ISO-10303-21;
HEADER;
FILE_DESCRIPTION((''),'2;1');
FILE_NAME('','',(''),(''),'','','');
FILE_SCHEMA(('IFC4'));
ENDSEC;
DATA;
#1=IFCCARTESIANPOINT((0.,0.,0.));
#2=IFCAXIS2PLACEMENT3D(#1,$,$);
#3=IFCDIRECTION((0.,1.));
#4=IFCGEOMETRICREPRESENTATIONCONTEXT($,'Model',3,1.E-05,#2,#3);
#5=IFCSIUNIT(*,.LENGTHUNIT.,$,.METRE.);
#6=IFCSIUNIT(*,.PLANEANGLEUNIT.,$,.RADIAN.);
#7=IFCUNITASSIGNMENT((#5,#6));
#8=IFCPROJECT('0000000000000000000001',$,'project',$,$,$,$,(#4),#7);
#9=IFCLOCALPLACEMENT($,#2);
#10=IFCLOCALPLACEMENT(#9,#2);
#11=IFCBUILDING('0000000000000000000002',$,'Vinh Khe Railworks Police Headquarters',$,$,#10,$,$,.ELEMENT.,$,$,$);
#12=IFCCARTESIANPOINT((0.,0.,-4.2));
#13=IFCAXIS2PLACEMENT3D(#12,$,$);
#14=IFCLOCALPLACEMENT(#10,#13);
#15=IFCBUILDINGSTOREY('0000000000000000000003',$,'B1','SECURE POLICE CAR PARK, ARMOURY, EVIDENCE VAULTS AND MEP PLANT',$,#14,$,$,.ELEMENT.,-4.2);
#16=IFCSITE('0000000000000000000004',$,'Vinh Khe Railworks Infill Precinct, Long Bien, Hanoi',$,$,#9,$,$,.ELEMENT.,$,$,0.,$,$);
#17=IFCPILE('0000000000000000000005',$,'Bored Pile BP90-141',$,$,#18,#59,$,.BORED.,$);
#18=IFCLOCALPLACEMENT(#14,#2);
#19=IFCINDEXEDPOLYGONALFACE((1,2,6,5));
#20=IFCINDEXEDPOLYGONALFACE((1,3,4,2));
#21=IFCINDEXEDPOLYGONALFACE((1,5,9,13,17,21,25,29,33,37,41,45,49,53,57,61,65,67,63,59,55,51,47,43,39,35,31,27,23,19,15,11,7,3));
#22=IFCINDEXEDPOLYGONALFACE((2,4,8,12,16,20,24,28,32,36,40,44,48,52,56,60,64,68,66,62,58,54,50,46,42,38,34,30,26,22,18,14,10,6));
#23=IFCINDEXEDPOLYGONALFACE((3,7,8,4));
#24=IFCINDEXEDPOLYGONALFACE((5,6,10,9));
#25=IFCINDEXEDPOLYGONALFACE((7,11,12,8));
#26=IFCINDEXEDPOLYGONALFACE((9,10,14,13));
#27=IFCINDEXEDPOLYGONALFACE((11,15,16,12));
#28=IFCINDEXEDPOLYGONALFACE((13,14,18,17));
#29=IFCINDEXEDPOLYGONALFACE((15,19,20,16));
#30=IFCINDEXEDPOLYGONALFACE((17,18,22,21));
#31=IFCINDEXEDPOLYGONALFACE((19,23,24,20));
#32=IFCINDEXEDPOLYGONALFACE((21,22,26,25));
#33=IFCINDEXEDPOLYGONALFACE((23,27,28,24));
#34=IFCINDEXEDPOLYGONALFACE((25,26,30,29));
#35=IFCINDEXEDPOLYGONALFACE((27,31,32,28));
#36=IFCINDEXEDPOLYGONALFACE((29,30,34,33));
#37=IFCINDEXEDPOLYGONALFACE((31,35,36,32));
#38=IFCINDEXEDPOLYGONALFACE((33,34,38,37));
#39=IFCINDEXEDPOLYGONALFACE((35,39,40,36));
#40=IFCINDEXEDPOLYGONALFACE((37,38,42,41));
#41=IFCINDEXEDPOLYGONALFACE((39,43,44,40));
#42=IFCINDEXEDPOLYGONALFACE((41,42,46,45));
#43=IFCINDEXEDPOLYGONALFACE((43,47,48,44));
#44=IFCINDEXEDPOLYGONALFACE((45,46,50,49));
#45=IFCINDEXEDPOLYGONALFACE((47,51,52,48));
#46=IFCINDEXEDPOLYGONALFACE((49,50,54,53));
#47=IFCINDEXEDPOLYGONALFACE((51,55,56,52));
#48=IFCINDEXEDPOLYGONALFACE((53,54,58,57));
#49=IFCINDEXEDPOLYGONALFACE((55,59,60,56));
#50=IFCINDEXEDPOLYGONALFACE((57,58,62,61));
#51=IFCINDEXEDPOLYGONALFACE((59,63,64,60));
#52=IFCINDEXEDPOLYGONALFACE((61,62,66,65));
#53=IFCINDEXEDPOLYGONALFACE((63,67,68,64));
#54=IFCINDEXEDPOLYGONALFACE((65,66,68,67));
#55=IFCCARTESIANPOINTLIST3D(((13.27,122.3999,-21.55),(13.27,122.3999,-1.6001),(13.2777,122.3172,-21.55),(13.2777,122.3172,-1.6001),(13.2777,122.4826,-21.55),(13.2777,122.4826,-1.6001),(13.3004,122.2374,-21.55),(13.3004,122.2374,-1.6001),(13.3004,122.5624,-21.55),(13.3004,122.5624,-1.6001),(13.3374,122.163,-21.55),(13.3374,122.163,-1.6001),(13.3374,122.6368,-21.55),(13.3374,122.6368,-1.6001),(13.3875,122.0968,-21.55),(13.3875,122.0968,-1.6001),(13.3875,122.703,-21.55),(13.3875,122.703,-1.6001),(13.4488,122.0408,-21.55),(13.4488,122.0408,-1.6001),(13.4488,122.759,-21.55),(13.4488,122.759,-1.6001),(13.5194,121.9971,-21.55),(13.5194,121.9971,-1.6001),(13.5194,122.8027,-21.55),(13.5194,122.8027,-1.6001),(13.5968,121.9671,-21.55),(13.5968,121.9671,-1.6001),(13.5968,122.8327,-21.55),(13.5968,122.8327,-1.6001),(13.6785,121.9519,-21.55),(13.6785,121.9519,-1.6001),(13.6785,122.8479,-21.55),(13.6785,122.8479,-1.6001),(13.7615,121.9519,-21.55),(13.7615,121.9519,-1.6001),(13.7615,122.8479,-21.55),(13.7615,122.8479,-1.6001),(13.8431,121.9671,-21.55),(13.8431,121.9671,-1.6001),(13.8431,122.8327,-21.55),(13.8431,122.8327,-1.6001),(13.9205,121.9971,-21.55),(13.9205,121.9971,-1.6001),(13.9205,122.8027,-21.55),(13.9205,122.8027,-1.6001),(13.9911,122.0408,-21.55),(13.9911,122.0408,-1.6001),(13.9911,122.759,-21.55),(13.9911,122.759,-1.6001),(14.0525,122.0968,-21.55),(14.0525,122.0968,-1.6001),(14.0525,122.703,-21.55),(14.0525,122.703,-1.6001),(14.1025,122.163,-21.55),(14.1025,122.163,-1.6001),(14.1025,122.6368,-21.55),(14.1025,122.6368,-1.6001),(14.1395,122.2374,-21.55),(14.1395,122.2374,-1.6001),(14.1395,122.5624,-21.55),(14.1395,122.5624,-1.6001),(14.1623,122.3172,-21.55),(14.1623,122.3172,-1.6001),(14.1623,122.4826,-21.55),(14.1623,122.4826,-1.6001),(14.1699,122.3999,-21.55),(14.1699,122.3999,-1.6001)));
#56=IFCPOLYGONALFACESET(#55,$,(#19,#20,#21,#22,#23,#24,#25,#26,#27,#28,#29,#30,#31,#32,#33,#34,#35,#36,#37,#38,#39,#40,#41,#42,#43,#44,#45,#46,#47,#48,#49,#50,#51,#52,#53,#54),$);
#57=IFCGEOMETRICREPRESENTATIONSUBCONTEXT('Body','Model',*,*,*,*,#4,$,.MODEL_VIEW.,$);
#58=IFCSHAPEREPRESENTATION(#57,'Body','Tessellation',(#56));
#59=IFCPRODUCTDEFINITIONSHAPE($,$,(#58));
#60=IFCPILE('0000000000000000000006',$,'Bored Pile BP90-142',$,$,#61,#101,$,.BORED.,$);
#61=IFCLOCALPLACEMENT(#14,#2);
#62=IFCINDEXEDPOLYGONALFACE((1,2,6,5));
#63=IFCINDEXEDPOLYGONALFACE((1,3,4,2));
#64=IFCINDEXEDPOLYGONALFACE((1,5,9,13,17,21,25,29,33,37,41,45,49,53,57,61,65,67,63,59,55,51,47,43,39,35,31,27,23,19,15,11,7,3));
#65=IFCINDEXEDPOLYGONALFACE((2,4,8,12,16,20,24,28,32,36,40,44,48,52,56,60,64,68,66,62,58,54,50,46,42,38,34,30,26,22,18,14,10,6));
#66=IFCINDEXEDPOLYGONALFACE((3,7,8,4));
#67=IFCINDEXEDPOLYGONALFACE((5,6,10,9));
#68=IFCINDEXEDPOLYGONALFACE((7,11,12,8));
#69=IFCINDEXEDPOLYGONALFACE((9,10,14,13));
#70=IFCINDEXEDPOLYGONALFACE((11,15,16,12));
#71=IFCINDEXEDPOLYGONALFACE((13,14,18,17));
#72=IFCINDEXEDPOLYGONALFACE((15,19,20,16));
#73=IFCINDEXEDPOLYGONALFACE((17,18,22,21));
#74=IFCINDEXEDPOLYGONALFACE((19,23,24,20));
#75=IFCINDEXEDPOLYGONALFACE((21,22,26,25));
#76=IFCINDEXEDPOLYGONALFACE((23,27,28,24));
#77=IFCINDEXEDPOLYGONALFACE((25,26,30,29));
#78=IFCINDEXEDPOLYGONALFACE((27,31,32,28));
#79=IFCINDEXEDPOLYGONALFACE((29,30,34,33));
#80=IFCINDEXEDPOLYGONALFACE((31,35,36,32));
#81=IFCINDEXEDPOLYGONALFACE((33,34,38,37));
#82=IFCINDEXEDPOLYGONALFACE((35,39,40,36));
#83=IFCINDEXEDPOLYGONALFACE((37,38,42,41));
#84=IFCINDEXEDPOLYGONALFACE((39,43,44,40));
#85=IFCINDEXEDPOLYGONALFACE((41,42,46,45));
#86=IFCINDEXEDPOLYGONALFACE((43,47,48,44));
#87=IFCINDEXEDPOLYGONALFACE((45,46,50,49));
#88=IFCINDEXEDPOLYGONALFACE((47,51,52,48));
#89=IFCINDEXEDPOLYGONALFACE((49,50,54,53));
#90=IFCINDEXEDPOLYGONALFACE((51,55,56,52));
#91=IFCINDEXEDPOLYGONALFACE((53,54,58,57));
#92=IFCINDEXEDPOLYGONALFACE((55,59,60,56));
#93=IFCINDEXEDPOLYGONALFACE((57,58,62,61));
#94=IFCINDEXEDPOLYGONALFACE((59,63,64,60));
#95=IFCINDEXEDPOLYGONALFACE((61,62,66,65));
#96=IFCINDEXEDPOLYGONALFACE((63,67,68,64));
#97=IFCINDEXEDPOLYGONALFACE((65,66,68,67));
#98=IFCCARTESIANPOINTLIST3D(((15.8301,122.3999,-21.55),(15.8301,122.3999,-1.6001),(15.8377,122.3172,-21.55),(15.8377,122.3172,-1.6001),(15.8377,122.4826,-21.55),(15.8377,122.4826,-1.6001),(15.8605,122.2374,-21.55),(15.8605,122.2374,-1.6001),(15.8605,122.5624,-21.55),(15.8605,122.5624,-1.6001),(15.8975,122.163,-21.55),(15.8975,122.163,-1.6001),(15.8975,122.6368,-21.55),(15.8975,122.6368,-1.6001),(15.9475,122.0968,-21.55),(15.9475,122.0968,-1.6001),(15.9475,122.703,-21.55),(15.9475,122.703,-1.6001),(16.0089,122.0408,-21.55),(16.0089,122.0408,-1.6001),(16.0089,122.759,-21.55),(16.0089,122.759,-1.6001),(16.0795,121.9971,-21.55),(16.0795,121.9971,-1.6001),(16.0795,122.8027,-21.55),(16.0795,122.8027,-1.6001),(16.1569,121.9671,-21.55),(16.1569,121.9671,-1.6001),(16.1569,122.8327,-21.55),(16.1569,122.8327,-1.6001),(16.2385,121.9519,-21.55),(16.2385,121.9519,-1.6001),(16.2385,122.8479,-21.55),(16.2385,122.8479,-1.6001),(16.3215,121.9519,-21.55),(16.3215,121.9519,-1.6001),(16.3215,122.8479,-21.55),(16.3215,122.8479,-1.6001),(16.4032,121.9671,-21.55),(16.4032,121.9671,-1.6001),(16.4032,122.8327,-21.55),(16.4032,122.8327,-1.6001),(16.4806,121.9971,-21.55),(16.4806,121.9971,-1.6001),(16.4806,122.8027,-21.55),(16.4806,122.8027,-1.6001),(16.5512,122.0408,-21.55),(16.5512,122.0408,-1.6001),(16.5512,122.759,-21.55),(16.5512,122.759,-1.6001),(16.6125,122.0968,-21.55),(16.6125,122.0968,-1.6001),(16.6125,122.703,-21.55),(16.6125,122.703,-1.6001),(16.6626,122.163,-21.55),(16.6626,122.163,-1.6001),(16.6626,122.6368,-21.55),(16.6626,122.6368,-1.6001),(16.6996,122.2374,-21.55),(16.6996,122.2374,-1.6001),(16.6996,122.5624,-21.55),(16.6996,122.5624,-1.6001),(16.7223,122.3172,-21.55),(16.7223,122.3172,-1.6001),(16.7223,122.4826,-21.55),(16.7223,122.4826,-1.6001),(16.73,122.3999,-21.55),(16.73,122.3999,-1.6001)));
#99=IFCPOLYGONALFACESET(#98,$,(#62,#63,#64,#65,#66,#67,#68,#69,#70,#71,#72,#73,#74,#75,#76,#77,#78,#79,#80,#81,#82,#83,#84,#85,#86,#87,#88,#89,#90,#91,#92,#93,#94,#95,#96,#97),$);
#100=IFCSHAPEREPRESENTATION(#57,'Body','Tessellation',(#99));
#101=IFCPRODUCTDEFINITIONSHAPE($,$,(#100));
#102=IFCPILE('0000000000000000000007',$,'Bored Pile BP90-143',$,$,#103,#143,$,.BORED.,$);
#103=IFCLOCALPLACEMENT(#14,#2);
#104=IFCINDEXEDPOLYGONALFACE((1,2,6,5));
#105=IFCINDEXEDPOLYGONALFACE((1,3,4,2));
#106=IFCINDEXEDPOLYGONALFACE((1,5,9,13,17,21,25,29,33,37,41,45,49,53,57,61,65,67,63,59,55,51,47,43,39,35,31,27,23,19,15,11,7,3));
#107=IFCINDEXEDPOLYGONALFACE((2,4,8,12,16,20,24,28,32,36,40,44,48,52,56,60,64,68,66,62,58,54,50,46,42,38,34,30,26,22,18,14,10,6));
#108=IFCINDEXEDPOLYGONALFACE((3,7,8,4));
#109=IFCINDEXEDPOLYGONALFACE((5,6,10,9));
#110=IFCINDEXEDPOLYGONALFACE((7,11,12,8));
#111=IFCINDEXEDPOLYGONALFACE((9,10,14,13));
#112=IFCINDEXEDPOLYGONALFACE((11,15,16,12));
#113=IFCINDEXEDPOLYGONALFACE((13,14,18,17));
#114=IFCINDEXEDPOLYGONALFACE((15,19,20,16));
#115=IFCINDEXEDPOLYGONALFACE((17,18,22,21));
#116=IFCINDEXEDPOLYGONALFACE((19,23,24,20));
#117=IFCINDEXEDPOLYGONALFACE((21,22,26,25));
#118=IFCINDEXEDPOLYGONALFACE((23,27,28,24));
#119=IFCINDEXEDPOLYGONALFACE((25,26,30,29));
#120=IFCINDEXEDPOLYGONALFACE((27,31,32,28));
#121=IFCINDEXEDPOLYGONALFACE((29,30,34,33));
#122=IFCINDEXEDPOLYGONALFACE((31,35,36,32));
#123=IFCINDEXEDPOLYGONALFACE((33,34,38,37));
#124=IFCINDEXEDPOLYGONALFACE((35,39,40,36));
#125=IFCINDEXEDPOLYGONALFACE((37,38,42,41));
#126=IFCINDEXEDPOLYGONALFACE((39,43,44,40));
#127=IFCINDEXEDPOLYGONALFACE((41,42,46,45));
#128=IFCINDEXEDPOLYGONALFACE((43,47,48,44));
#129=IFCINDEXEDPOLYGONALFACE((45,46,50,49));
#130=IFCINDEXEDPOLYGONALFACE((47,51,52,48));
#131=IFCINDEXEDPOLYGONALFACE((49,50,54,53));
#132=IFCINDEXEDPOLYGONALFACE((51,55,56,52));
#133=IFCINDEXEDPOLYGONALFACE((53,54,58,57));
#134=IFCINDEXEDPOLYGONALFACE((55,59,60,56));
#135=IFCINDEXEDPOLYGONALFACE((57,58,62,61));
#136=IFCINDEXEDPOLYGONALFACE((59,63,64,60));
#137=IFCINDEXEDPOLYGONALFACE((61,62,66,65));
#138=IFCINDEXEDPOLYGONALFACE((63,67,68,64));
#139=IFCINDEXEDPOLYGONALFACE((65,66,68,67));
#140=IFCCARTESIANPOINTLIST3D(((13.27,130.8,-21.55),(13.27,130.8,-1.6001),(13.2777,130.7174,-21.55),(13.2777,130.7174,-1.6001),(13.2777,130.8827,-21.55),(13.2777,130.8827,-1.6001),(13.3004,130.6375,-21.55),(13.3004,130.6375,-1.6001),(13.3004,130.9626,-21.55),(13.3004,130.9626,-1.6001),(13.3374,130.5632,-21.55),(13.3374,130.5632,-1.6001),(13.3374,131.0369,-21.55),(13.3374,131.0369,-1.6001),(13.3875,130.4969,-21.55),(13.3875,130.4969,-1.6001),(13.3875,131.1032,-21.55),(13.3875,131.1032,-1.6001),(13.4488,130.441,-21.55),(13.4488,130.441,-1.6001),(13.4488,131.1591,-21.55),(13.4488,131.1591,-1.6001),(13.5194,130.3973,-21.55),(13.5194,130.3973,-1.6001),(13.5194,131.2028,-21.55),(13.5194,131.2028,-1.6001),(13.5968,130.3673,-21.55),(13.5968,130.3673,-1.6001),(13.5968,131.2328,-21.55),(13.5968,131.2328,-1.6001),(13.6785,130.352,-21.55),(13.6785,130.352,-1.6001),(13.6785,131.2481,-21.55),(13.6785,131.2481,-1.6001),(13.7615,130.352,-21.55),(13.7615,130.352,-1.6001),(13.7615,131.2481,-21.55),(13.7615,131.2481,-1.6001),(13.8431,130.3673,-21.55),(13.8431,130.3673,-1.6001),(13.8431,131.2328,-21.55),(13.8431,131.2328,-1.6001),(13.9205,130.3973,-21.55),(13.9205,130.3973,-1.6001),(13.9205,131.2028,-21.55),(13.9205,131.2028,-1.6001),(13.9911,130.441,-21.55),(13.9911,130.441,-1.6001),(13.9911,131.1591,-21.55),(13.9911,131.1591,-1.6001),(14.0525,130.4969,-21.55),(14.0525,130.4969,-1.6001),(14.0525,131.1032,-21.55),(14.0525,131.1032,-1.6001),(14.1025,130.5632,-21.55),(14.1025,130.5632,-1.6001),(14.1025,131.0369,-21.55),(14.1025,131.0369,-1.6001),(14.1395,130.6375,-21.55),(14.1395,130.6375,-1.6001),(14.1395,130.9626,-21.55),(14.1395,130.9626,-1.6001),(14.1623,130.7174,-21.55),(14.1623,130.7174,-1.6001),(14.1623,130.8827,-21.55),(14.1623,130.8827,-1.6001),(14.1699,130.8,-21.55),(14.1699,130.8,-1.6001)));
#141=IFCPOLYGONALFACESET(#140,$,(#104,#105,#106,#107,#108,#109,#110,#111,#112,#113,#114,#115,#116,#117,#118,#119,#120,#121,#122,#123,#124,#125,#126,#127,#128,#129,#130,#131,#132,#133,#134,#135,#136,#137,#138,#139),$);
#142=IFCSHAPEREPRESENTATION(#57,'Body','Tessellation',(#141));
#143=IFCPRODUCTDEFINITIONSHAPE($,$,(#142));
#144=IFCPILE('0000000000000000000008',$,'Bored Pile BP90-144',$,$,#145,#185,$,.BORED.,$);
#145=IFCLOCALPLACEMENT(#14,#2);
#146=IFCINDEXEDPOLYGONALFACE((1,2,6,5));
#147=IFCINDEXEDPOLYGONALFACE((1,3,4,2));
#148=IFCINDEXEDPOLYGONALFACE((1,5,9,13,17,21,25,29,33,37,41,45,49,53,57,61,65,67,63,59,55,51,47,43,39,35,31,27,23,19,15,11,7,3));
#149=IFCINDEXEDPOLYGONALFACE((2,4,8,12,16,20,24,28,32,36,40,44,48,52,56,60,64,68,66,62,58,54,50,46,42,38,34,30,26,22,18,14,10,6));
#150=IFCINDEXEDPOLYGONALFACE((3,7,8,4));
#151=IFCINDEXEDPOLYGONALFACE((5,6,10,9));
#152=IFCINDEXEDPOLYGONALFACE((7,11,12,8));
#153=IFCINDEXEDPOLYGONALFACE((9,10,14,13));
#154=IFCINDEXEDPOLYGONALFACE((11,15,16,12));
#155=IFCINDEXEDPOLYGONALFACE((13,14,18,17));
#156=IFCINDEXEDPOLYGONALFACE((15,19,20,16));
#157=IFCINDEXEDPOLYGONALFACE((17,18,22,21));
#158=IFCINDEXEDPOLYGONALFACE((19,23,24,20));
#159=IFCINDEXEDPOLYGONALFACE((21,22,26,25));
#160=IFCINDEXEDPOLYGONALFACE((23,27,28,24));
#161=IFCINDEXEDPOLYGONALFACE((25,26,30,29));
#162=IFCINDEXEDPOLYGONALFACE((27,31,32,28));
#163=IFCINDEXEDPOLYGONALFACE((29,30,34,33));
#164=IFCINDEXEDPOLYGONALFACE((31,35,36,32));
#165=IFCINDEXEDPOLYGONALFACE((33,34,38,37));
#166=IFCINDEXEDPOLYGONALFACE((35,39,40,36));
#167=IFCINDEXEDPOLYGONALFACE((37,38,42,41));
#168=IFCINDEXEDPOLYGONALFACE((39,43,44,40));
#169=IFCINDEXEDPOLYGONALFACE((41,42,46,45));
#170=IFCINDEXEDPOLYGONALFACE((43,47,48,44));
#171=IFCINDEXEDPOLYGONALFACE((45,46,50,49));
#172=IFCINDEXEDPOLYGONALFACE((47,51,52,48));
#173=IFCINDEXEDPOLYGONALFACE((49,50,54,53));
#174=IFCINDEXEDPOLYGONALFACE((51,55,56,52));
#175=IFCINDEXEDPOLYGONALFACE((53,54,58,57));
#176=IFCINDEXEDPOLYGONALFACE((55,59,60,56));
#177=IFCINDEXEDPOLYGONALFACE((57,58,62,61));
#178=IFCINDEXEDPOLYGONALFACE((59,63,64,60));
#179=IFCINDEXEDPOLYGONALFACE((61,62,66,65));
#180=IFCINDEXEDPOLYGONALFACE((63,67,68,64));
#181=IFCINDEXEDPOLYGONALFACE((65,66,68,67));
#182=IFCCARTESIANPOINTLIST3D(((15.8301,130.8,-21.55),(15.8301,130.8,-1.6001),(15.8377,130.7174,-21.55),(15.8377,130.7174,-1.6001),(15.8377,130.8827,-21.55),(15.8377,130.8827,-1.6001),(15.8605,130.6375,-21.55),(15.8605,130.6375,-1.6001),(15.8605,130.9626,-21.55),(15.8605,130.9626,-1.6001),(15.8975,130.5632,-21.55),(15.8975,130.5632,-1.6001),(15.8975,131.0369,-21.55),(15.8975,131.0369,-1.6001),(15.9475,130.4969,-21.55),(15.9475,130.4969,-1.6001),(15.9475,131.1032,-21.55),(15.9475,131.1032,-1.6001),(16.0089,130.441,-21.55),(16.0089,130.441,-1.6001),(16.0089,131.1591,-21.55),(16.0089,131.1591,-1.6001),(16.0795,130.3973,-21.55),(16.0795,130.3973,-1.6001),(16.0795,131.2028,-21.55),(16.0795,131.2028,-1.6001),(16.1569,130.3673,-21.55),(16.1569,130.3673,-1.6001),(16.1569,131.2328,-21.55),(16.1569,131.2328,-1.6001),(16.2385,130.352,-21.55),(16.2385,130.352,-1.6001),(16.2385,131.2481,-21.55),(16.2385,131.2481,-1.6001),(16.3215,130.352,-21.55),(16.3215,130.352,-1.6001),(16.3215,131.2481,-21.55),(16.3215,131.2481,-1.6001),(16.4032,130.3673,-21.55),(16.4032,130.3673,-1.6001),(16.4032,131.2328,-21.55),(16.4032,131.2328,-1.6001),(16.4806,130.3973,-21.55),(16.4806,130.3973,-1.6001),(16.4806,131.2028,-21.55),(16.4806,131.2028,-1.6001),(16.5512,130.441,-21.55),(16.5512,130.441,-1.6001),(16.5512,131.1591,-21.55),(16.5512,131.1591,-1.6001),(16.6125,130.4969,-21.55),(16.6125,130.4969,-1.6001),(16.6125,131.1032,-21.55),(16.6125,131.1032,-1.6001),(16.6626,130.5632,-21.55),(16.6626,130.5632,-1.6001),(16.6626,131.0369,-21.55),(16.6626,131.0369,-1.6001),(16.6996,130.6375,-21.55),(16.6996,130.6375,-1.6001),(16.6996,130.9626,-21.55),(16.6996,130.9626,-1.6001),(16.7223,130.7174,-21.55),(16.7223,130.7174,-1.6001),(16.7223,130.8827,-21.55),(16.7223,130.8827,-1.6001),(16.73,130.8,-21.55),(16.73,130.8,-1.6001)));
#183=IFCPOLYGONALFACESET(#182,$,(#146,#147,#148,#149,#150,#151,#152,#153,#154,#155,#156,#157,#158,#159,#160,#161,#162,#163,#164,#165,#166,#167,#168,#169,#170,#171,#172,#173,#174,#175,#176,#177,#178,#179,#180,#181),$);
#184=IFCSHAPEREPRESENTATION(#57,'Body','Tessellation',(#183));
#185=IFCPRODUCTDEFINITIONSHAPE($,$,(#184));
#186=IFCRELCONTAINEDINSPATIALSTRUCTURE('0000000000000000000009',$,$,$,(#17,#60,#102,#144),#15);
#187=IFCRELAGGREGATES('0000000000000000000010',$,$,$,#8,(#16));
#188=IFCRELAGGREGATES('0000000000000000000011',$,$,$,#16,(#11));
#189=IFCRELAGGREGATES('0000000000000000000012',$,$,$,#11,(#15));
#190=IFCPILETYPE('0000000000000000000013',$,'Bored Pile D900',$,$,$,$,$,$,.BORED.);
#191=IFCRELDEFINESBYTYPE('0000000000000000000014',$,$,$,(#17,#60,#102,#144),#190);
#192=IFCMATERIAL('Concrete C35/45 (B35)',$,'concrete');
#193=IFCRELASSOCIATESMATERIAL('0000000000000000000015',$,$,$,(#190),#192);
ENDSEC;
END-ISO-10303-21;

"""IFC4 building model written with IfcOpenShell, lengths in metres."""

from ifc_helpers import new_model, si_unit, direction, frame, origin, origin_2d, place, context, subcontext, project, spatial, circle, extrude, material, material_profile, profile_set, type_object, element, save


model = new_model("IFC4")

# Units and contexts
model_context = context("Model", 3, precision=1e-05, world=origin(), true_north=direction((0.0, 1.0)))
body_context = subcontext(model_context, "Body", "Model", "MODEL_VIEW")
ifc_project = project(units=[si_unit("LENGTHUNIT", "METRE"), si_unit("PLANEANGLEUNIT", "RADIAN")], contexts=[model_context])

# Site, building, storey
site_placement = place(None, origin())
site = spatial("IfcSite", under=ifc_project, at=site_placement, Name="Vinh Khe Railworks Infill Precinct, Long Bien, Hanoi", CompositionType="ELEMENT", RefElevation=0.0)
building_placement = place(site_placement, origin())
building = spatial("IfcBuilding", under=site, at=building_placement, Name="Vinh Khe Railworks Police Headquarters", CompositionType="ELEMENT")
storey_placement = place(building_placement, frame((0.0, 0.0, -4.2)))
storey = spatial("IfcBuildingStorey", under=building, at=storey_placement, Name="B1", Description="SECURE POLICE CAR PARK, ARMOURY, EVIDENCE VAULTS AND MEP PLANT", CompositionType="ELEMENT", Elevation=-4.2)

# Piles
ifc_material_1 = material(Name="Concrete C35/45 (B35)", Category="concrete")
ifc_material_profile_1 = material_profile(ifc_material_1, circle(Radius=0.45, at=origin_2d()), Name="BORED PILE D900")
ifc_profile_set_1 = profile_set([ifc_material_profile_1], Name="Concrete C35/45 (B35)")
pile_type = type_object("IfcPileType", Name="Bored Pile D900", PredefinedType="BORED", material=ifc_profile_set_1)
for number, where, z_axis, x_axis, name in (
    (1, (13.72, 122.3999, -1.6001), (0.0, 0.0, -1.0), (1.0, 0.0, 0.0), "Bored Pile BP90-141"),
    (2, (16.28, 122.3999, -1.6001), (0.0, 0.0, -1.0), (1.0, 0.0, 0.0), "Bored Pile BP90-142"),
    (3, (13.72, 130.8, -1.6001), (0.0, 0.0, -1.0), (1.0, 0.0, 0.0), "Bored Pile BP90-143"),
    (4, (16.28, 130.8, -1.6001), (0.0, 0.0, -1.0), (1.0, 0.0, 0.0), "Bored Pile BP90-144"),
):
    element("IfcPile", number, at=place(storey_placement, frame(where, z_axis=z_axis, x_axis=x_axis)), inside=storey, type_object=pile_type, Name=name, PredefinedType="BORED", context=body_context, shape_type="SweptSolid", body=[
        extrude(circle(Radius=0.45, at=origin_2d()), origin(), (0.0, 0.0, 1.0), 19.95),
    ])

save(model, "model.ifc")
